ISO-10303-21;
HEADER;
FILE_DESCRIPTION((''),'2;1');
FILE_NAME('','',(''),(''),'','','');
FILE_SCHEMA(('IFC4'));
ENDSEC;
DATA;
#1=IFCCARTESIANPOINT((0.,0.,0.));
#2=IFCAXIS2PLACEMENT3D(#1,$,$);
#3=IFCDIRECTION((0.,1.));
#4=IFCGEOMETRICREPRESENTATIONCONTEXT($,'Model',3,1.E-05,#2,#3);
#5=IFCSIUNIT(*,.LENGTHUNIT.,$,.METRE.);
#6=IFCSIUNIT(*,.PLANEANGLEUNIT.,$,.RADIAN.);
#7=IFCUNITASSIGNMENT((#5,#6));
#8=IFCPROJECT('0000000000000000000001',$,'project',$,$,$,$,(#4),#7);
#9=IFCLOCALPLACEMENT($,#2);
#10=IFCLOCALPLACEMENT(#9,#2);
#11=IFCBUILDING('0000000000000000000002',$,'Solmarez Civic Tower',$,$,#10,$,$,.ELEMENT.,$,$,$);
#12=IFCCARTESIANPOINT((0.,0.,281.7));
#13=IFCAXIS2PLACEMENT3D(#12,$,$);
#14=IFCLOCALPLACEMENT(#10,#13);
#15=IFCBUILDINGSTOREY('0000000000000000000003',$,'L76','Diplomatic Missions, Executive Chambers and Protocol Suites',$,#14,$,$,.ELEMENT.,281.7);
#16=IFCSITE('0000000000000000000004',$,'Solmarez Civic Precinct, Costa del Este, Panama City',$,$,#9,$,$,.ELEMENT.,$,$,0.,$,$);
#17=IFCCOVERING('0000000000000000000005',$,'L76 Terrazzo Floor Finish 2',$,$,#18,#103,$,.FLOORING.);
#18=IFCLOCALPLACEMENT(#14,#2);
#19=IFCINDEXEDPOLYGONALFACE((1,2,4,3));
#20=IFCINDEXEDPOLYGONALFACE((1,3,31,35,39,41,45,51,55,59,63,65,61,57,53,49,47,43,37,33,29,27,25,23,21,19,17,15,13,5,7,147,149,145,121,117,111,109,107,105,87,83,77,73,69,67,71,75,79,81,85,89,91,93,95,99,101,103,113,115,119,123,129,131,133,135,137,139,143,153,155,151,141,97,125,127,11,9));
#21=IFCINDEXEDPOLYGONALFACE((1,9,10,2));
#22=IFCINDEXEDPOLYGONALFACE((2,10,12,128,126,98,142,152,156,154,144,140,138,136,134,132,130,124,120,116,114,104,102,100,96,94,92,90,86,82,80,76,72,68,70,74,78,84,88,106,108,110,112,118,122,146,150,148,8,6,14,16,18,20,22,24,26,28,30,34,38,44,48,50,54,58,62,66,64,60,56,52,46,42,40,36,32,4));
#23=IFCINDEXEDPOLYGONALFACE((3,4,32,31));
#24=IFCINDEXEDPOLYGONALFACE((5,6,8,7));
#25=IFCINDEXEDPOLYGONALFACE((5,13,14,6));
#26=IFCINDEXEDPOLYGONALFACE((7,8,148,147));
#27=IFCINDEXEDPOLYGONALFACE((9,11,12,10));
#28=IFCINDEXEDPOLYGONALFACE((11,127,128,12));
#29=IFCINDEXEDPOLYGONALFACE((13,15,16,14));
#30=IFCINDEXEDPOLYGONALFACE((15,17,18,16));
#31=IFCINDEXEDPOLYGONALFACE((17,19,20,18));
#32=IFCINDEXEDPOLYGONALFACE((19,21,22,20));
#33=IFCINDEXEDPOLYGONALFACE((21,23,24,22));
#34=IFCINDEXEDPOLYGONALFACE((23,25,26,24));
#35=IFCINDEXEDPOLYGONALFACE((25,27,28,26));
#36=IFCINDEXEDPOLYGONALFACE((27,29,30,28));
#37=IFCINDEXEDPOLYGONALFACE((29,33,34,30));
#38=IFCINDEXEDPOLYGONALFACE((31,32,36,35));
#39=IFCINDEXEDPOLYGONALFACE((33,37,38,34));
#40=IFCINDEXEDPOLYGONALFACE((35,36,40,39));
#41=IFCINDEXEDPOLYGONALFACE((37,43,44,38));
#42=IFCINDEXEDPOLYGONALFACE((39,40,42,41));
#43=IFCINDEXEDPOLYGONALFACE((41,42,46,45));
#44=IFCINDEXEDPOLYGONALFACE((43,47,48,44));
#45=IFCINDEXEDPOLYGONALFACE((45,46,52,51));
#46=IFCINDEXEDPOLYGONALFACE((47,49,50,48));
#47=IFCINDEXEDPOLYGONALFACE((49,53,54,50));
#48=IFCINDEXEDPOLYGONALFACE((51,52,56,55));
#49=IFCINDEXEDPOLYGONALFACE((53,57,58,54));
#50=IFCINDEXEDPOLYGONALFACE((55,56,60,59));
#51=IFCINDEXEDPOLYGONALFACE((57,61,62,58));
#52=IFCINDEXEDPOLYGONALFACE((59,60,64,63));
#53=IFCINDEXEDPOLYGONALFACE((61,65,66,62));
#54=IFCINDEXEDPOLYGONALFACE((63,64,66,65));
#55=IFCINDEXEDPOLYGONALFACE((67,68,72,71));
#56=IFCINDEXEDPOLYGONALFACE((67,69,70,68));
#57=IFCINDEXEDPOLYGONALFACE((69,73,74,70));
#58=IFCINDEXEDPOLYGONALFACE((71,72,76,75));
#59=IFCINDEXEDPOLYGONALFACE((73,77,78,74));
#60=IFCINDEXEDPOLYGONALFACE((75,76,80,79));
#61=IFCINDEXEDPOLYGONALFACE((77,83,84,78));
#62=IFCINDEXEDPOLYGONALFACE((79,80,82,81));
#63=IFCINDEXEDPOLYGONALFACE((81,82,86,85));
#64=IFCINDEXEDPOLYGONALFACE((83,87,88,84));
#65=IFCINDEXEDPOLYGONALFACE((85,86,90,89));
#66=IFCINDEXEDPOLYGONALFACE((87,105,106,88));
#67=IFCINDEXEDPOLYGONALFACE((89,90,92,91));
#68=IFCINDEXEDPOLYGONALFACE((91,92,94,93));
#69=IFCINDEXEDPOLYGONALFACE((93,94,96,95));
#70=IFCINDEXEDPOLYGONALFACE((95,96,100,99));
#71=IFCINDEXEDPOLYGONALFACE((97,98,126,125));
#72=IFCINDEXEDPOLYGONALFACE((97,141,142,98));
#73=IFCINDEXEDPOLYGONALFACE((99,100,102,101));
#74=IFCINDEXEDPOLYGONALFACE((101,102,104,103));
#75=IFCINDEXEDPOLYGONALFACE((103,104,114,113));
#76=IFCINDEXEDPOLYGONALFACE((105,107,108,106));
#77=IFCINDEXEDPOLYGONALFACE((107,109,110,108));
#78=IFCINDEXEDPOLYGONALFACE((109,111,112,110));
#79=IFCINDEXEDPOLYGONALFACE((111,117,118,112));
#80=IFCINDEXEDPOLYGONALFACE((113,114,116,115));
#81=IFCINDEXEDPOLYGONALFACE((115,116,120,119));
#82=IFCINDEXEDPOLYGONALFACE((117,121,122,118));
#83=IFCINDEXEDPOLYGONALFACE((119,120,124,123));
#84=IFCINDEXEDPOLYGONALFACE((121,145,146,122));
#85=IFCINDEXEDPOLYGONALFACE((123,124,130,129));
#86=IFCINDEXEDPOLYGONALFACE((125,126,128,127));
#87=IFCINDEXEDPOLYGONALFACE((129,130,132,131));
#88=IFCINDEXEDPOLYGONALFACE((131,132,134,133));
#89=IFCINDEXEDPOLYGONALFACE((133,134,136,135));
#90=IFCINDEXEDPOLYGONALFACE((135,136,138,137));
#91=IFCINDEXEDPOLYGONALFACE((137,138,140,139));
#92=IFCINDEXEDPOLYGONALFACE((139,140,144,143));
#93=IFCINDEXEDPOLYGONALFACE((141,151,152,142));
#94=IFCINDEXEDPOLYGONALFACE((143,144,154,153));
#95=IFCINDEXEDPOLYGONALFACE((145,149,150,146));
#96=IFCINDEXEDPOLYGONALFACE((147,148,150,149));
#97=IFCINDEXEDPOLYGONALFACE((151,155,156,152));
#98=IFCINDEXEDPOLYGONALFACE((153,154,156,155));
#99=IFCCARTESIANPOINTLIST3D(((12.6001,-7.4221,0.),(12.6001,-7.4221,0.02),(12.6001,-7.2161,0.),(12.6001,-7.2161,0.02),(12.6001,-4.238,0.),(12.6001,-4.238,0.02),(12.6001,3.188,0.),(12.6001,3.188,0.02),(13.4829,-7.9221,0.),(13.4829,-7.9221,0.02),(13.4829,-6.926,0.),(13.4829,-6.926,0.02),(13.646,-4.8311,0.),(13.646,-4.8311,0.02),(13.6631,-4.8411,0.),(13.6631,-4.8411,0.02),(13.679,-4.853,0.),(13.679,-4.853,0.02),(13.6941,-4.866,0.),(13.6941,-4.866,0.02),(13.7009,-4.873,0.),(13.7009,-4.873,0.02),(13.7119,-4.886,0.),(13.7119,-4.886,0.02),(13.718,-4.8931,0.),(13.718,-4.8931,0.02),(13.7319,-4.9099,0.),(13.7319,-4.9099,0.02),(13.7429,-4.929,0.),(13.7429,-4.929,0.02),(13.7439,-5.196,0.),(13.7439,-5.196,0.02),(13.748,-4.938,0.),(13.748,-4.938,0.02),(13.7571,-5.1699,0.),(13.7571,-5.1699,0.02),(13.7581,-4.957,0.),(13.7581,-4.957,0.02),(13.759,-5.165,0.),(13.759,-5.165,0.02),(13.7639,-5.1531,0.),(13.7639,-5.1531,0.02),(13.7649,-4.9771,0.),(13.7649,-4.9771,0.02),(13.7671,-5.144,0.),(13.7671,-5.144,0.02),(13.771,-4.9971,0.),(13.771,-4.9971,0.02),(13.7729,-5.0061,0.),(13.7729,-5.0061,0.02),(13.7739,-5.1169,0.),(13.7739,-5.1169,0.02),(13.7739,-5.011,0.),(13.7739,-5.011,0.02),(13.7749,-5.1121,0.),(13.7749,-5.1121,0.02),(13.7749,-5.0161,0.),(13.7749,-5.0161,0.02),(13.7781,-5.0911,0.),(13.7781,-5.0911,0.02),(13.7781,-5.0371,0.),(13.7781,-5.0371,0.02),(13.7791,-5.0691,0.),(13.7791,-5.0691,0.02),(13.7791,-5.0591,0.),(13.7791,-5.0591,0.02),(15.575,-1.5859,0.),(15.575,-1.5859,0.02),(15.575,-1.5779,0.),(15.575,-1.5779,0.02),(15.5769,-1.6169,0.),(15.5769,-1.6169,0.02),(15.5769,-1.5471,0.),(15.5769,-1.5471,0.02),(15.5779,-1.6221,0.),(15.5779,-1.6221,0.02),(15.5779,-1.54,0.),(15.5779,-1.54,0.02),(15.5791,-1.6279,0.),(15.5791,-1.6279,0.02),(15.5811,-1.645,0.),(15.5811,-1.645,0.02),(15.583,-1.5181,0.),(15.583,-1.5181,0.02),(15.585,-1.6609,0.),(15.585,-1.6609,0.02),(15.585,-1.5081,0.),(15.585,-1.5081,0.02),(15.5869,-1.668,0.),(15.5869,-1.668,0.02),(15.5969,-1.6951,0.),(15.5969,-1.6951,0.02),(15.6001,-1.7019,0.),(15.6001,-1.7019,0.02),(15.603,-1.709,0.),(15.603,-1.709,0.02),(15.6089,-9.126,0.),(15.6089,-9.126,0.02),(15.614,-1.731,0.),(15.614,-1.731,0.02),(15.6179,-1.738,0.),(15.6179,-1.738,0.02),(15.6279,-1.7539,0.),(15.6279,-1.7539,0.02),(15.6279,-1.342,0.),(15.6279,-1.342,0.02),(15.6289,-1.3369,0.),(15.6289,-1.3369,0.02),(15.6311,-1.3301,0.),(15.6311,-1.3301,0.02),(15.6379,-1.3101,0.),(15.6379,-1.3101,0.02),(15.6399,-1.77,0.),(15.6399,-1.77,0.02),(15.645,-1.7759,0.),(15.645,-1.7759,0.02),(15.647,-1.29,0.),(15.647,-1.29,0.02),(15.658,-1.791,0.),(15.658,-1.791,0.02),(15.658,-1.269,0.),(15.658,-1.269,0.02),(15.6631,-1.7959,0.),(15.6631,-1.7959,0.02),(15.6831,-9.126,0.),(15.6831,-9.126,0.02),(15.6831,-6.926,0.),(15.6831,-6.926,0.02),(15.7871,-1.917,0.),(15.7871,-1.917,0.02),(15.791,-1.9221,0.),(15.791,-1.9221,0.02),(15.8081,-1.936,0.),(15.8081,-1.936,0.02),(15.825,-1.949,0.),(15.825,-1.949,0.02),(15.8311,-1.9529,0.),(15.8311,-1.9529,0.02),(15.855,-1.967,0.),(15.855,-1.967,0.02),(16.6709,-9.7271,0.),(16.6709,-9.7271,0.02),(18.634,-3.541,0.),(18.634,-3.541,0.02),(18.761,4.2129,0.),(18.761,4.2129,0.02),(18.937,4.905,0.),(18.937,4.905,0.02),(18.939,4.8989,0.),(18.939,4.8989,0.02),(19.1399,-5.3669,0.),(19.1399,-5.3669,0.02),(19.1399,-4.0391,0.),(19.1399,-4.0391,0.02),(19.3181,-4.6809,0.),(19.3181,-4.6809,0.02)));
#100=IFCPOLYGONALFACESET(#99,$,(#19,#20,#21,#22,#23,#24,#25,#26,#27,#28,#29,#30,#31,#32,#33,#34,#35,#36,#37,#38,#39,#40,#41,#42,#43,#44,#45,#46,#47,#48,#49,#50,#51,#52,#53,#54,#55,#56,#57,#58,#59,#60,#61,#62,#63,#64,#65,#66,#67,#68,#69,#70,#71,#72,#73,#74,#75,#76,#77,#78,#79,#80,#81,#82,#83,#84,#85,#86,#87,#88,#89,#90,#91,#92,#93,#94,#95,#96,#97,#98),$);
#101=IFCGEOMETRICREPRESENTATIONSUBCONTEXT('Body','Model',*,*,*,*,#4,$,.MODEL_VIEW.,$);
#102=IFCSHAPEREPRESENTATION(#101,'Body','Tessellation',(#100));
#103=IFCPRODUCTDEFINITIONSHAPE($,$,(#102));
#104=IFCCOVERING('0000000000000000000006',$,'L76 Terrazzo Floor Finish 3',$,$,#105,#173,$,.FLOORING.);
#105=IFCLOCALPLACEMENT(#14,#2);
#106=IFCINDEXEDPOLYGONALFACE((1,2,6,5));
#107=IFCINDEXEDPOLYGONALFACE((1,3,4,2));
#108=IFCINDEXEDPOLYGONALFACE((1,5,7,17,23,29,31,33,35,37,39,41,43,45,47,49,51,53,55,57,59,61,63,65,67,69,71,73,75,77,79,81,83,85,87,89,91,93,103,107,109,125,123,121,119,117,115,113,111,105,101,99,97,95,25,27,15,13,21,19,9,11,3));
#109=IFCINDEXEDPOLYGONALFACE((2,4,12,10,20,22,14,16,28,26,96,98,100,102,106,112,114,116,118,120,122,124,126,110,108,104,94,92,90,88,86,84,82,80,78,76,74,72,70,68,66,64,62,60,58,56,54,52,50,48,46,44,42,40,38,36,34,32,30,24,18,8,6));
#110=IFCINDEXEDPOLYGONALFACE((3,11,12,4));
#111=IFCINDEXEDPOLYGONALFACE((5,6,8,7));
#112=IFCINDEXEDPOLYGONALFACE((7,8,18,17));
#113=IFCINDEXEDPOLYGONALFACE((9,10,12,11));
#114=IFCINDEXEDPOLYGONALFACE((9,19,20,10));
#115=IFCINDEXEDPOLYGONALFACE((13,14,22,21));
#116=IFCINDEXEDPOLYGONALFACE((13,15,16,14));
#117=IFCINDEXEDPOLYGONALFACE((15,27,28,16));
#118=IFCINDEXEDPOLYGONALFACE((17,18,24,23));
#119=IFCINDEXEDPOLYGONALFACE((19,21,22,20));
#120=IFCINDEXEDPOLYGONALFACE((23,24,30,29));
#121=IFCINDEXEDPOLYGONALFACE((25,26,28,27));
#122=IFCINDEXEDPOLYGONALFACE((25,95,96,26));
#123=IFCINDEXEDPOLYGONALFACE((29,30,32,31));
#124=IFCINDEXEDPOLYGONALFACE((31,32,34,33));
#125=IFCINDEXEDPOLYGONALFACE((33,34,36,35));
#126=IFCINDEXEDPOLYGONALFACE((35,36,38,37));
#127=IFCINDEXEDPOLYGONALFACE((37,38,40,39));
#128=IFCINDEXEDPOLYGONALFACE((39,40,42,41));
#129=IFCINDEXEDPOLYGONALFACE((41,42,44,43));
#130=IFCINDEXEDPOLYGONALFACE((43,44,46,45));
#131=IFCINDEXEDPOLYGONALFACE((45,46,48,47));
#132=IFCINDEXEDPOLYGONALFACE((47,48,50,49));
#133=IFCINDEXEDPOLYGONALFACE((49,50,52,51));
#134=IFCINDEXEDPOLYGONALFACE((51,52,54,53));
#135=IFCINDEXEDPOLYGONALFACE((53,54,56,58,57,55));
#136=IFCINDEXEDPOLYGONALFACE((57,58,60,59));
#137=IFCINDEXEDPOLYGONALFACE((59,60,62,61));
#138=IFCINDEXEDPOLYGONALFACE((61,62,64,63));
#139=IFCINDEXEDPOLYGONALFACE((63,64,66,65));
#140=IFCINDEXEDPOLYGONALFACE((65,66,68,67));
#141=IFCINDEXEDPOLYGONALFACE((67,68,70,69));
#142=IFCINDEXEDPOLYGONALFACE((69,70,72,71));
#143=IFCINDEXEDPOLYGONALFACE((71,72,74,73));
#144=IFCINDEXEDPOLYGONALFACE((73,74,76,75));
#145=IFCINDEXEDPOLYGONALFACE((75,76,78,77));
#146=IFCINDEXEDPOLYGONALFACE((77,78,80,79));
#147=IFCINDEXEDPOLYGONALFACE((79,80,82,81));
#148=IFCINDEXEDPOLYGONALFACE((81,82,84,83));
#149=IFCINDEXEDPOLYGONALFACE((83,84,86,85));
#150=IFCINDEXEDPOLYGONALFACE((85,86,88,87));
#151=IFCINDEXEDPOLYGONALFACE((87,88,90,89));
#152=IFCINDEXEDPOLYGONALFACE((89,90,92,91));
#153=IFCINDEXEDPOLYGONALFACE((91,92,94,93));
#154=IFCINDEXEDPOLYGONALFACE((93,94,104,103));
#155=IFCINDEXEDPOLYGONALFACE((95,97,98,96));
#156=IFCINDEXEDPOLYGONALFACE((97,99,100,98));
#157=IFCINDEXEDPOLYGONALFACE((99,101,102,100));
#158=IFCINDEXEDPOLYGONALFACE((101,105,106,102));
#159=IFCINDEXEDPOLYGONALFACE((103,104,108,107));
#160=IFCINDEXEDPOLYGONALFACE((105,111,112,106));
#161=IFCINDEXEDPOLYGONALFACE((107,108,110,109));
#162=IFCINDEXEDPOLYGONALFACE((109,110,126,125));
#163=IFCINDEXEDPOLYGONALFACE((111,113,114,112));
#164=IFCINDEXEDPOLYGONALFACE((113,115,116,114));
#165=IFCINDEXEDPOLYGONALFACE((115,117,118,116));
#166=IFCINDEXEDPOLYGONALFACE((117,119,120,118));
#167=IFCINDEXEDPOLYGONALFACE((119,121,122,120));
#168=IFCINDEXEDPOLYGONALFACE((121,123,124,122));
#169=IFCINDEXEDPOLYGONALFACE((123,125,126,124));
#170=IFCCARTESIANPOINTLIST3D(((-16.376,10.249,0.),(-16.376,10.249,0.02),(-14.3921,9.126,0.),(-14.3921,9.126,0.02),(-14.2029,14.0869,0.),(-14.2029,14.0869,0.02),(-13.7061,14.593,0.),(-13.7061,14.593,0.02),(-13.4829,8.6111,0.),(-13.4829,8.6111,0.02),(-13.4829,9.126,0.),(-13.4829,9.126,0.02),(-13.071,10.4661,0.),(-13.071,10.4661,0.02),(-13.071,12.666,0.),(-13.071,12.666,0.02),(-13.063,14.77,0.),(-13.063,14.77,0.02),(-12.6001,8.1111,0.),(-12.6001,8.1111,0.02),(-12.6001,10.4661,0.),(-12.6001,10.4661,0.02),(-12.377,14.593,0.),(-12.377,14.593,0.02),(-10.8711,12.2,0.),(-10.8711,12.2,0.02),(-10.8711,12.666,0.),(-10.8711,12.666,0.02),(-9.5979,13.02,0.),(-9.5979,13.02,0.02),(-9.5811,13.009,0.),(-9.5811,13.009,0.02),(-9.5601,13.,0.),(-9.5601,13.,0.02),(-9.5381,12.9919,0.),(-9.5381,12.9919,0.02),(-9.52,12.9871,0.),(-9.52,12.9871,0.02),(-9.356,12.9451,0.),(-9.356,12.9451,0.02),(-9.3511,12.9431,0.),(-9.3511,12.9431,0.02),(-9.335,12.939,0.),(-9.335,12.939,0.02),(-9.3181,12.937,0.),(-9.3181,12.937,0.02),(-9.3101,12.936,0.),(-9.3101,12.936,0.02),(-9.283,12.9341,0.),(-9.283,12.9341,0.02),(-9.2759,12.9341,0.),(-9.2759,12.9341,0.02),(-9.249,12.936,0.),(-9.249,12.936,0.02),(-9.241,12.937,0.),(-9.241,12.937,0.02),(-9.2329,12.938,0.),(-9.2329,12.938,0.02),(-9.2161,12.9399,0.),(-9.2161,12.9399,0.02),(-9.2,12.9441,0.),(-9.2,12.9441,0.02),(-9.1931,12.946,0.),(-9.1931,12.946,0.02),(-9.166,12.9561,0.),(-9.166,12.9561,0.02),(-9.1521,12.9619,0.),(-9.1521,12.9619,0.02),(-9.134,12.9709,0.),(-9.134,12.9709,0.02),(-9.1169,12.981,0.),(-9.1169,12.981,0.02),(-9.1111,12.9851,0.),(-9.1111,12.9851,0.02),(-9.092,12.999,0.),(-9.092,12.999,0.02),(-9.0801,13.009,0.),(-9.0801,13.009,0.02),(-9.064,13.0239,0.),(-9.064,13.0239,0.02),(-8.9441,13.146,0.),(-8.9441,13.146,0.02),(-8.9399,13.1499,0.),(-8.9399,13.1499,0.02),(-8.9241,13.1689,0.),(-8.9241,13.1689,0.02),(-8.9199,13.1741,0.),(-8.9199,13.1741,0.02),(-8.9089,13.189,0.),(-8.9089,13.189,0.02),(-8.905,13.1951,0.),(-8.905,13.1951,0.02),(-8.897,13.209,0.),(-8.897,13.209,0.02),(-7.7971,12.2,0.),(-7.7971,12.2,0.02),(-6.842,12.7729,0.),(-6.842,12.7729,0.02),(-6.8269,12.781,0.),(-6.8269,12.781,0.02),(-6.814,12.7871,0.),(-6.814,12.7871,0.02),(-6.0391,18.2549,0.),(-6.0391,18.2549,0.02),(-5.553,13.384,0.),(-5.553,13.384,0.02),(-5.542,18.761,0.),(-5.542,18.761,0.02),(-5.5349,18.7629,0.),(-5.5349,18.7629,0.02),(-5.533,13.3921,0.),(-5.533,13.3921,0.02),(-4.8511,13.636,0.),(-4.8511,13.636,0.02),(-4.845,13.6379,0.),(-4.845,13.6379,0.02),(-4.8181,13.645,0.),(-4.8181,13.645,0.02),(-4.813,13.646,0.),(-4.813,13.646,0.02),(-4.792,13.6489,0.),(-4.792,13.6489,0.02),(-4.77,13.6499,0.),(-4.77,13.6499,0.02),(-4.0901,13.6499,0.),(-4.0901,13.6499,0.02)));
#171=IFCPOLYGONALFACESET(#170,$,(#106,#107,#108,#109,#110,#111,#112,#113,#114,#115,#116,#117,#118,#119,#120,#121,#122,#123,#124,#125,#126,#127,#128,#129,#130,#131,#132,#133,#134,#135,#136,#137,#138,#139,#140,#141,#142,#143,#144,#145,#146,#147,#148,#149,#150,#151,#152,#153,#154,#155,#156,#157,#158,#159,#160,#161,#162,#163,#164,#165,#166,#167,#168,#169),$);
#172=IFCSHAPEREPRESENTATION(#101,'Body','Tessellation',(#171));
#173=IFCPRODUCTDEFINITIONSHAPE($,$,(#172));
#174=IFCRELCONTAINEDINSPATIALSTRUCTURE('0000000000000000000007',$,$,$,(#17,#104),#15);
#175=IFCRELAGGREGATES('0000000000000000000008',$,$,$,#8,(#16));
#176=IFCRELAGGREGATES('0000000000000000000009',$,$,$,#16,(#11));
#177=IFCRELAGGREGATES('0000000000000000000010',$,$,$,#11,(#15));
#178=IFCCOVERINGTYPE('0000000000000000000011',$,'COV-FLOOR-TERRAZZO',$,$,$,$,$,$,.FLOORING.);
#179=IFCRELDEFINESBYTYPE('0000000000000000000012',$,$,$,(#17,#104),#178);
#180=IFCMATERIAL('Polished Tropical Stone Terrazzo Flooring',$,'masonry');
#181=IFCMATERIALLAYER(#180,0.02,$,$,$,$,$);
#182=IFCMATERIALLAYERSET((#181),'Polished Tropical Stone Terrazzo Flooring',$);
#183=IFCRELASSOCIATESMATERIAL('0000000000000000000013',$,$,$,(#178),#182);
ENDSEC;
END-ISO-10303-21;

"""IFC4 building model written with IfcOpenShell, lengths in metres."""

from ifc_helpers import new_model, si_unit, direction, frame, origin, place, context, subcontext, project, spatial, polyline, outline, extrude, material, layer, layer_set, type_object, element, save


model = new_model("IFC4")

# Units and contexts
model_context = context("Model", 3, precision=1e-05, world=origin(), true_north=direction((0.0, 1.0)))
body_context = subcontext(model_context, "Body", "Model", "MODEL_VIEW")
ifc_project = project(units=[si_unit("LENGTHUNIT", "METRE"), si_unit("PLANEANGLEUNIT", "RADIAN")], contexts=[model_context])

# Site, building, storey
site_placement = place(None, origin())
site = spatial("IfcSite", under=ifc_project, at=site_placement, Name="Solmarez Civic Precinct, Costa del Este, Panama City", CompositionType="ELEMENT", RefElevation=0.0)
building_placement = place(site_placement, origin())
building = spatial("IfcBuilding", under=site, at=building_placement, Name="Solmarez Civic Tower", CompositionType="ELEMENT")
storey_placement = place(building_placement, frame((0.0, 0.0, 281.7)))
storey = spatial("IfcBuildingStorey", under=building, at=storey_placement, Name="L76", Description="Diplomatic Missions, Executive Chambers and Protocol Suites", CompositionType="ELEMENT", Elevation=281.7)

# Coverings
ifc_material_1 = material(Name="Polished Tropical Stone Terrazzo Flooring", Category="masonry")
ifc_layer_1 = layer(ifc_material_1, 0.02)
ifc_layer_set_1 = layer_set([ifc_layer_1], Name="Polished Tropical Stone Terrazzo Flooring")
covering_type_1 = type_object("IfcCoveringType", Name="COV-FLOOR-TERRAZZO", PredefinedType="FLOORING", material=ifc_layer_set_1)
covering_1_placement = place(storey_placement, origin())
element("IfcCovering", 1, at=covering_1_placement, inside=storey, type_object=covering_type_1, Name="L76 Terrazzo Floor Finish 2", PredefinedType="FLOORING", context=body_context, shape_type="SweptSolid", body=[
    extrude(outline(polyline([(12.6001, 3.188), (12.6001, -4.238), (13.646, -4.8311), (13.6631, -4.8411), (13.679, -4.853), (13.6941, -4.866), (13.7009, -4.873), (13.7119, -4.886), (13.718, -4.8931), (13.7319, -4.9099), (13.7429, -4.929), (13.748, -4.938), (13.7581, -4.957), (13.7649, -4.9771), (13.771, -4.9971), (13.7729, -5.0061), (13.7739, -5.011), (13.7749, -5.0161), (13.7781, -5.0371), (13.7791, -5.0591), (13.7791, -5.0691), (13.7781, -5.0911), (13.7749, -5.1121), (13.7739, -5.1169), (13.7671, -5.144), (13.7639, -5.1531), (13.759, -5.165), (13.7571, -5.1699), (13.7439, -5.196), (12.6001, -7.2161), (12.6001, -7.4221), (13.4829, -7.9221), (13.4829, -6.926), (15.6831, -6.926), (15.6831, -9.126), (15.6089, -9.126), (16.6709, -9.7271), (19.1399, -5.3669), (19.3181, -4.6809), (19.1399, -4.0391), (18.634, -3.541), (15.855, -1.967), (15.8311, -1.9529), (15.825, -1.949), (15.8081, -1.936), (15.791, -1.9221), (15.7871, -1.917), (15.6631, -1.7959), (15.658, -1.791), (15.645, -1.7759), (15.6399, -1.77), (15.6279, -1.7539), (15.6179, -1.738), (15.614, -1.731), (15.603, -1.709), (15.6001, -1.7019), (15.5969, -1.6951), (15.5869, -1.668), (15.585, -1.6609), (15.5811, -1.645), (15.5791, -1.6279), (15.5779, -1.6221), (15.5769, -1.6169), (15.575, -1.5859), (15.575, -1.5779), (15.5769, -1.5471), (15.5779, -1.54), (15.583, -1.5181), (15.585, -1.5081), (15.6279, -1.342), (15.6289, -1.3369), (15.6311, -1.3301), (15.6379, -1.3101), (15.647, -1.29), (15.658, -1.269), (18.761, 4.2129), (18.939, 4.8989), (18.937, 4.905), (12.6001, 3.188)])), origin(), (0.0, 0.0, 1.0), 0.02),
])
covering_2_placement = place(storey_placement, origin())
element("IfcCovering", 2, at=covering_2_placement, inside=storey, type_object=covering_type_1, Name="L76 Terrazzo Floor Finish 3", PredefinedType="FLOORING", context=body_context, shape_type="SweptSolid", body=[
    extrude(outline(polyline([(-12.6001, 8.1111), (-12.6001, 10.4661), (-13.071, 10.4661), (-13.071, 12.666), (-10.8711, 12.666), (-10.8711, 12.2), (-7.7971, 12.2), (-6.842, 12.7729), (-6.8269, 12.781), (-6.814, 12.7871), (-5.553, 13.384), (-5.533, 13.3921), (-4.8511, 13.636), (-4.845, 13.6379), (-4.8181, 13.645), (-4.813, 13.646), (-4.792, 13.6489), (-4.77, 13.6499), (-4.0901, 13.6499), (-5.5349, 18.7629), (-5.542, 18.761), (-6.0391, 18.2549), (-8.897, 13.209), (-8.905, 13.1951), (-8.9089, 13.189), (-8.9199, 13.1741), (-8.9241, 13.1689), (-8.9399, 13.1499), (-8.9441, 13.146), (-9.064, 13.0239), (-9.0801, 13.009), (-9.092, 12.999), (-9.1111, 12.9851), (-9.1169, 12.981), (-9.134, 12.9709), (-9.1521, 12.9619), (-9.166, 12.9561), (-9.1931, 12.946), (-9.2, 12.9441), (-9.2161, 12.9399), (-9.2329, 12.938), (-9.241, 12.937), (-9.249, 12.936), (-9.2759, 12.9341), (-9.283, 12.9341), (-9.3101, 12.936), (-9.3181, 12.937), (-9.335, 12.939), (-9.3511, 12.9431), (-9.356, 12.9451), (-9.52, 12.9871), (-9.5381, 12.9919), (-9.5601, 13.0), (-9.5811, 13.009), (-9.5979, 13.02), (-12.377, 14.593), (-13.063, 14.77), (-13.7061, 14.593), (-14.2029, 14.0869), (-16.376, 10.249), (-14.3921, 9.126), (-13.4829, 9.126), (-13.4829, 8.6111), (-12.6001, 8.1111)])), origin(), (0.0, 0.0, 1.0), 0.02),
])

save(model, "model.ifc")
